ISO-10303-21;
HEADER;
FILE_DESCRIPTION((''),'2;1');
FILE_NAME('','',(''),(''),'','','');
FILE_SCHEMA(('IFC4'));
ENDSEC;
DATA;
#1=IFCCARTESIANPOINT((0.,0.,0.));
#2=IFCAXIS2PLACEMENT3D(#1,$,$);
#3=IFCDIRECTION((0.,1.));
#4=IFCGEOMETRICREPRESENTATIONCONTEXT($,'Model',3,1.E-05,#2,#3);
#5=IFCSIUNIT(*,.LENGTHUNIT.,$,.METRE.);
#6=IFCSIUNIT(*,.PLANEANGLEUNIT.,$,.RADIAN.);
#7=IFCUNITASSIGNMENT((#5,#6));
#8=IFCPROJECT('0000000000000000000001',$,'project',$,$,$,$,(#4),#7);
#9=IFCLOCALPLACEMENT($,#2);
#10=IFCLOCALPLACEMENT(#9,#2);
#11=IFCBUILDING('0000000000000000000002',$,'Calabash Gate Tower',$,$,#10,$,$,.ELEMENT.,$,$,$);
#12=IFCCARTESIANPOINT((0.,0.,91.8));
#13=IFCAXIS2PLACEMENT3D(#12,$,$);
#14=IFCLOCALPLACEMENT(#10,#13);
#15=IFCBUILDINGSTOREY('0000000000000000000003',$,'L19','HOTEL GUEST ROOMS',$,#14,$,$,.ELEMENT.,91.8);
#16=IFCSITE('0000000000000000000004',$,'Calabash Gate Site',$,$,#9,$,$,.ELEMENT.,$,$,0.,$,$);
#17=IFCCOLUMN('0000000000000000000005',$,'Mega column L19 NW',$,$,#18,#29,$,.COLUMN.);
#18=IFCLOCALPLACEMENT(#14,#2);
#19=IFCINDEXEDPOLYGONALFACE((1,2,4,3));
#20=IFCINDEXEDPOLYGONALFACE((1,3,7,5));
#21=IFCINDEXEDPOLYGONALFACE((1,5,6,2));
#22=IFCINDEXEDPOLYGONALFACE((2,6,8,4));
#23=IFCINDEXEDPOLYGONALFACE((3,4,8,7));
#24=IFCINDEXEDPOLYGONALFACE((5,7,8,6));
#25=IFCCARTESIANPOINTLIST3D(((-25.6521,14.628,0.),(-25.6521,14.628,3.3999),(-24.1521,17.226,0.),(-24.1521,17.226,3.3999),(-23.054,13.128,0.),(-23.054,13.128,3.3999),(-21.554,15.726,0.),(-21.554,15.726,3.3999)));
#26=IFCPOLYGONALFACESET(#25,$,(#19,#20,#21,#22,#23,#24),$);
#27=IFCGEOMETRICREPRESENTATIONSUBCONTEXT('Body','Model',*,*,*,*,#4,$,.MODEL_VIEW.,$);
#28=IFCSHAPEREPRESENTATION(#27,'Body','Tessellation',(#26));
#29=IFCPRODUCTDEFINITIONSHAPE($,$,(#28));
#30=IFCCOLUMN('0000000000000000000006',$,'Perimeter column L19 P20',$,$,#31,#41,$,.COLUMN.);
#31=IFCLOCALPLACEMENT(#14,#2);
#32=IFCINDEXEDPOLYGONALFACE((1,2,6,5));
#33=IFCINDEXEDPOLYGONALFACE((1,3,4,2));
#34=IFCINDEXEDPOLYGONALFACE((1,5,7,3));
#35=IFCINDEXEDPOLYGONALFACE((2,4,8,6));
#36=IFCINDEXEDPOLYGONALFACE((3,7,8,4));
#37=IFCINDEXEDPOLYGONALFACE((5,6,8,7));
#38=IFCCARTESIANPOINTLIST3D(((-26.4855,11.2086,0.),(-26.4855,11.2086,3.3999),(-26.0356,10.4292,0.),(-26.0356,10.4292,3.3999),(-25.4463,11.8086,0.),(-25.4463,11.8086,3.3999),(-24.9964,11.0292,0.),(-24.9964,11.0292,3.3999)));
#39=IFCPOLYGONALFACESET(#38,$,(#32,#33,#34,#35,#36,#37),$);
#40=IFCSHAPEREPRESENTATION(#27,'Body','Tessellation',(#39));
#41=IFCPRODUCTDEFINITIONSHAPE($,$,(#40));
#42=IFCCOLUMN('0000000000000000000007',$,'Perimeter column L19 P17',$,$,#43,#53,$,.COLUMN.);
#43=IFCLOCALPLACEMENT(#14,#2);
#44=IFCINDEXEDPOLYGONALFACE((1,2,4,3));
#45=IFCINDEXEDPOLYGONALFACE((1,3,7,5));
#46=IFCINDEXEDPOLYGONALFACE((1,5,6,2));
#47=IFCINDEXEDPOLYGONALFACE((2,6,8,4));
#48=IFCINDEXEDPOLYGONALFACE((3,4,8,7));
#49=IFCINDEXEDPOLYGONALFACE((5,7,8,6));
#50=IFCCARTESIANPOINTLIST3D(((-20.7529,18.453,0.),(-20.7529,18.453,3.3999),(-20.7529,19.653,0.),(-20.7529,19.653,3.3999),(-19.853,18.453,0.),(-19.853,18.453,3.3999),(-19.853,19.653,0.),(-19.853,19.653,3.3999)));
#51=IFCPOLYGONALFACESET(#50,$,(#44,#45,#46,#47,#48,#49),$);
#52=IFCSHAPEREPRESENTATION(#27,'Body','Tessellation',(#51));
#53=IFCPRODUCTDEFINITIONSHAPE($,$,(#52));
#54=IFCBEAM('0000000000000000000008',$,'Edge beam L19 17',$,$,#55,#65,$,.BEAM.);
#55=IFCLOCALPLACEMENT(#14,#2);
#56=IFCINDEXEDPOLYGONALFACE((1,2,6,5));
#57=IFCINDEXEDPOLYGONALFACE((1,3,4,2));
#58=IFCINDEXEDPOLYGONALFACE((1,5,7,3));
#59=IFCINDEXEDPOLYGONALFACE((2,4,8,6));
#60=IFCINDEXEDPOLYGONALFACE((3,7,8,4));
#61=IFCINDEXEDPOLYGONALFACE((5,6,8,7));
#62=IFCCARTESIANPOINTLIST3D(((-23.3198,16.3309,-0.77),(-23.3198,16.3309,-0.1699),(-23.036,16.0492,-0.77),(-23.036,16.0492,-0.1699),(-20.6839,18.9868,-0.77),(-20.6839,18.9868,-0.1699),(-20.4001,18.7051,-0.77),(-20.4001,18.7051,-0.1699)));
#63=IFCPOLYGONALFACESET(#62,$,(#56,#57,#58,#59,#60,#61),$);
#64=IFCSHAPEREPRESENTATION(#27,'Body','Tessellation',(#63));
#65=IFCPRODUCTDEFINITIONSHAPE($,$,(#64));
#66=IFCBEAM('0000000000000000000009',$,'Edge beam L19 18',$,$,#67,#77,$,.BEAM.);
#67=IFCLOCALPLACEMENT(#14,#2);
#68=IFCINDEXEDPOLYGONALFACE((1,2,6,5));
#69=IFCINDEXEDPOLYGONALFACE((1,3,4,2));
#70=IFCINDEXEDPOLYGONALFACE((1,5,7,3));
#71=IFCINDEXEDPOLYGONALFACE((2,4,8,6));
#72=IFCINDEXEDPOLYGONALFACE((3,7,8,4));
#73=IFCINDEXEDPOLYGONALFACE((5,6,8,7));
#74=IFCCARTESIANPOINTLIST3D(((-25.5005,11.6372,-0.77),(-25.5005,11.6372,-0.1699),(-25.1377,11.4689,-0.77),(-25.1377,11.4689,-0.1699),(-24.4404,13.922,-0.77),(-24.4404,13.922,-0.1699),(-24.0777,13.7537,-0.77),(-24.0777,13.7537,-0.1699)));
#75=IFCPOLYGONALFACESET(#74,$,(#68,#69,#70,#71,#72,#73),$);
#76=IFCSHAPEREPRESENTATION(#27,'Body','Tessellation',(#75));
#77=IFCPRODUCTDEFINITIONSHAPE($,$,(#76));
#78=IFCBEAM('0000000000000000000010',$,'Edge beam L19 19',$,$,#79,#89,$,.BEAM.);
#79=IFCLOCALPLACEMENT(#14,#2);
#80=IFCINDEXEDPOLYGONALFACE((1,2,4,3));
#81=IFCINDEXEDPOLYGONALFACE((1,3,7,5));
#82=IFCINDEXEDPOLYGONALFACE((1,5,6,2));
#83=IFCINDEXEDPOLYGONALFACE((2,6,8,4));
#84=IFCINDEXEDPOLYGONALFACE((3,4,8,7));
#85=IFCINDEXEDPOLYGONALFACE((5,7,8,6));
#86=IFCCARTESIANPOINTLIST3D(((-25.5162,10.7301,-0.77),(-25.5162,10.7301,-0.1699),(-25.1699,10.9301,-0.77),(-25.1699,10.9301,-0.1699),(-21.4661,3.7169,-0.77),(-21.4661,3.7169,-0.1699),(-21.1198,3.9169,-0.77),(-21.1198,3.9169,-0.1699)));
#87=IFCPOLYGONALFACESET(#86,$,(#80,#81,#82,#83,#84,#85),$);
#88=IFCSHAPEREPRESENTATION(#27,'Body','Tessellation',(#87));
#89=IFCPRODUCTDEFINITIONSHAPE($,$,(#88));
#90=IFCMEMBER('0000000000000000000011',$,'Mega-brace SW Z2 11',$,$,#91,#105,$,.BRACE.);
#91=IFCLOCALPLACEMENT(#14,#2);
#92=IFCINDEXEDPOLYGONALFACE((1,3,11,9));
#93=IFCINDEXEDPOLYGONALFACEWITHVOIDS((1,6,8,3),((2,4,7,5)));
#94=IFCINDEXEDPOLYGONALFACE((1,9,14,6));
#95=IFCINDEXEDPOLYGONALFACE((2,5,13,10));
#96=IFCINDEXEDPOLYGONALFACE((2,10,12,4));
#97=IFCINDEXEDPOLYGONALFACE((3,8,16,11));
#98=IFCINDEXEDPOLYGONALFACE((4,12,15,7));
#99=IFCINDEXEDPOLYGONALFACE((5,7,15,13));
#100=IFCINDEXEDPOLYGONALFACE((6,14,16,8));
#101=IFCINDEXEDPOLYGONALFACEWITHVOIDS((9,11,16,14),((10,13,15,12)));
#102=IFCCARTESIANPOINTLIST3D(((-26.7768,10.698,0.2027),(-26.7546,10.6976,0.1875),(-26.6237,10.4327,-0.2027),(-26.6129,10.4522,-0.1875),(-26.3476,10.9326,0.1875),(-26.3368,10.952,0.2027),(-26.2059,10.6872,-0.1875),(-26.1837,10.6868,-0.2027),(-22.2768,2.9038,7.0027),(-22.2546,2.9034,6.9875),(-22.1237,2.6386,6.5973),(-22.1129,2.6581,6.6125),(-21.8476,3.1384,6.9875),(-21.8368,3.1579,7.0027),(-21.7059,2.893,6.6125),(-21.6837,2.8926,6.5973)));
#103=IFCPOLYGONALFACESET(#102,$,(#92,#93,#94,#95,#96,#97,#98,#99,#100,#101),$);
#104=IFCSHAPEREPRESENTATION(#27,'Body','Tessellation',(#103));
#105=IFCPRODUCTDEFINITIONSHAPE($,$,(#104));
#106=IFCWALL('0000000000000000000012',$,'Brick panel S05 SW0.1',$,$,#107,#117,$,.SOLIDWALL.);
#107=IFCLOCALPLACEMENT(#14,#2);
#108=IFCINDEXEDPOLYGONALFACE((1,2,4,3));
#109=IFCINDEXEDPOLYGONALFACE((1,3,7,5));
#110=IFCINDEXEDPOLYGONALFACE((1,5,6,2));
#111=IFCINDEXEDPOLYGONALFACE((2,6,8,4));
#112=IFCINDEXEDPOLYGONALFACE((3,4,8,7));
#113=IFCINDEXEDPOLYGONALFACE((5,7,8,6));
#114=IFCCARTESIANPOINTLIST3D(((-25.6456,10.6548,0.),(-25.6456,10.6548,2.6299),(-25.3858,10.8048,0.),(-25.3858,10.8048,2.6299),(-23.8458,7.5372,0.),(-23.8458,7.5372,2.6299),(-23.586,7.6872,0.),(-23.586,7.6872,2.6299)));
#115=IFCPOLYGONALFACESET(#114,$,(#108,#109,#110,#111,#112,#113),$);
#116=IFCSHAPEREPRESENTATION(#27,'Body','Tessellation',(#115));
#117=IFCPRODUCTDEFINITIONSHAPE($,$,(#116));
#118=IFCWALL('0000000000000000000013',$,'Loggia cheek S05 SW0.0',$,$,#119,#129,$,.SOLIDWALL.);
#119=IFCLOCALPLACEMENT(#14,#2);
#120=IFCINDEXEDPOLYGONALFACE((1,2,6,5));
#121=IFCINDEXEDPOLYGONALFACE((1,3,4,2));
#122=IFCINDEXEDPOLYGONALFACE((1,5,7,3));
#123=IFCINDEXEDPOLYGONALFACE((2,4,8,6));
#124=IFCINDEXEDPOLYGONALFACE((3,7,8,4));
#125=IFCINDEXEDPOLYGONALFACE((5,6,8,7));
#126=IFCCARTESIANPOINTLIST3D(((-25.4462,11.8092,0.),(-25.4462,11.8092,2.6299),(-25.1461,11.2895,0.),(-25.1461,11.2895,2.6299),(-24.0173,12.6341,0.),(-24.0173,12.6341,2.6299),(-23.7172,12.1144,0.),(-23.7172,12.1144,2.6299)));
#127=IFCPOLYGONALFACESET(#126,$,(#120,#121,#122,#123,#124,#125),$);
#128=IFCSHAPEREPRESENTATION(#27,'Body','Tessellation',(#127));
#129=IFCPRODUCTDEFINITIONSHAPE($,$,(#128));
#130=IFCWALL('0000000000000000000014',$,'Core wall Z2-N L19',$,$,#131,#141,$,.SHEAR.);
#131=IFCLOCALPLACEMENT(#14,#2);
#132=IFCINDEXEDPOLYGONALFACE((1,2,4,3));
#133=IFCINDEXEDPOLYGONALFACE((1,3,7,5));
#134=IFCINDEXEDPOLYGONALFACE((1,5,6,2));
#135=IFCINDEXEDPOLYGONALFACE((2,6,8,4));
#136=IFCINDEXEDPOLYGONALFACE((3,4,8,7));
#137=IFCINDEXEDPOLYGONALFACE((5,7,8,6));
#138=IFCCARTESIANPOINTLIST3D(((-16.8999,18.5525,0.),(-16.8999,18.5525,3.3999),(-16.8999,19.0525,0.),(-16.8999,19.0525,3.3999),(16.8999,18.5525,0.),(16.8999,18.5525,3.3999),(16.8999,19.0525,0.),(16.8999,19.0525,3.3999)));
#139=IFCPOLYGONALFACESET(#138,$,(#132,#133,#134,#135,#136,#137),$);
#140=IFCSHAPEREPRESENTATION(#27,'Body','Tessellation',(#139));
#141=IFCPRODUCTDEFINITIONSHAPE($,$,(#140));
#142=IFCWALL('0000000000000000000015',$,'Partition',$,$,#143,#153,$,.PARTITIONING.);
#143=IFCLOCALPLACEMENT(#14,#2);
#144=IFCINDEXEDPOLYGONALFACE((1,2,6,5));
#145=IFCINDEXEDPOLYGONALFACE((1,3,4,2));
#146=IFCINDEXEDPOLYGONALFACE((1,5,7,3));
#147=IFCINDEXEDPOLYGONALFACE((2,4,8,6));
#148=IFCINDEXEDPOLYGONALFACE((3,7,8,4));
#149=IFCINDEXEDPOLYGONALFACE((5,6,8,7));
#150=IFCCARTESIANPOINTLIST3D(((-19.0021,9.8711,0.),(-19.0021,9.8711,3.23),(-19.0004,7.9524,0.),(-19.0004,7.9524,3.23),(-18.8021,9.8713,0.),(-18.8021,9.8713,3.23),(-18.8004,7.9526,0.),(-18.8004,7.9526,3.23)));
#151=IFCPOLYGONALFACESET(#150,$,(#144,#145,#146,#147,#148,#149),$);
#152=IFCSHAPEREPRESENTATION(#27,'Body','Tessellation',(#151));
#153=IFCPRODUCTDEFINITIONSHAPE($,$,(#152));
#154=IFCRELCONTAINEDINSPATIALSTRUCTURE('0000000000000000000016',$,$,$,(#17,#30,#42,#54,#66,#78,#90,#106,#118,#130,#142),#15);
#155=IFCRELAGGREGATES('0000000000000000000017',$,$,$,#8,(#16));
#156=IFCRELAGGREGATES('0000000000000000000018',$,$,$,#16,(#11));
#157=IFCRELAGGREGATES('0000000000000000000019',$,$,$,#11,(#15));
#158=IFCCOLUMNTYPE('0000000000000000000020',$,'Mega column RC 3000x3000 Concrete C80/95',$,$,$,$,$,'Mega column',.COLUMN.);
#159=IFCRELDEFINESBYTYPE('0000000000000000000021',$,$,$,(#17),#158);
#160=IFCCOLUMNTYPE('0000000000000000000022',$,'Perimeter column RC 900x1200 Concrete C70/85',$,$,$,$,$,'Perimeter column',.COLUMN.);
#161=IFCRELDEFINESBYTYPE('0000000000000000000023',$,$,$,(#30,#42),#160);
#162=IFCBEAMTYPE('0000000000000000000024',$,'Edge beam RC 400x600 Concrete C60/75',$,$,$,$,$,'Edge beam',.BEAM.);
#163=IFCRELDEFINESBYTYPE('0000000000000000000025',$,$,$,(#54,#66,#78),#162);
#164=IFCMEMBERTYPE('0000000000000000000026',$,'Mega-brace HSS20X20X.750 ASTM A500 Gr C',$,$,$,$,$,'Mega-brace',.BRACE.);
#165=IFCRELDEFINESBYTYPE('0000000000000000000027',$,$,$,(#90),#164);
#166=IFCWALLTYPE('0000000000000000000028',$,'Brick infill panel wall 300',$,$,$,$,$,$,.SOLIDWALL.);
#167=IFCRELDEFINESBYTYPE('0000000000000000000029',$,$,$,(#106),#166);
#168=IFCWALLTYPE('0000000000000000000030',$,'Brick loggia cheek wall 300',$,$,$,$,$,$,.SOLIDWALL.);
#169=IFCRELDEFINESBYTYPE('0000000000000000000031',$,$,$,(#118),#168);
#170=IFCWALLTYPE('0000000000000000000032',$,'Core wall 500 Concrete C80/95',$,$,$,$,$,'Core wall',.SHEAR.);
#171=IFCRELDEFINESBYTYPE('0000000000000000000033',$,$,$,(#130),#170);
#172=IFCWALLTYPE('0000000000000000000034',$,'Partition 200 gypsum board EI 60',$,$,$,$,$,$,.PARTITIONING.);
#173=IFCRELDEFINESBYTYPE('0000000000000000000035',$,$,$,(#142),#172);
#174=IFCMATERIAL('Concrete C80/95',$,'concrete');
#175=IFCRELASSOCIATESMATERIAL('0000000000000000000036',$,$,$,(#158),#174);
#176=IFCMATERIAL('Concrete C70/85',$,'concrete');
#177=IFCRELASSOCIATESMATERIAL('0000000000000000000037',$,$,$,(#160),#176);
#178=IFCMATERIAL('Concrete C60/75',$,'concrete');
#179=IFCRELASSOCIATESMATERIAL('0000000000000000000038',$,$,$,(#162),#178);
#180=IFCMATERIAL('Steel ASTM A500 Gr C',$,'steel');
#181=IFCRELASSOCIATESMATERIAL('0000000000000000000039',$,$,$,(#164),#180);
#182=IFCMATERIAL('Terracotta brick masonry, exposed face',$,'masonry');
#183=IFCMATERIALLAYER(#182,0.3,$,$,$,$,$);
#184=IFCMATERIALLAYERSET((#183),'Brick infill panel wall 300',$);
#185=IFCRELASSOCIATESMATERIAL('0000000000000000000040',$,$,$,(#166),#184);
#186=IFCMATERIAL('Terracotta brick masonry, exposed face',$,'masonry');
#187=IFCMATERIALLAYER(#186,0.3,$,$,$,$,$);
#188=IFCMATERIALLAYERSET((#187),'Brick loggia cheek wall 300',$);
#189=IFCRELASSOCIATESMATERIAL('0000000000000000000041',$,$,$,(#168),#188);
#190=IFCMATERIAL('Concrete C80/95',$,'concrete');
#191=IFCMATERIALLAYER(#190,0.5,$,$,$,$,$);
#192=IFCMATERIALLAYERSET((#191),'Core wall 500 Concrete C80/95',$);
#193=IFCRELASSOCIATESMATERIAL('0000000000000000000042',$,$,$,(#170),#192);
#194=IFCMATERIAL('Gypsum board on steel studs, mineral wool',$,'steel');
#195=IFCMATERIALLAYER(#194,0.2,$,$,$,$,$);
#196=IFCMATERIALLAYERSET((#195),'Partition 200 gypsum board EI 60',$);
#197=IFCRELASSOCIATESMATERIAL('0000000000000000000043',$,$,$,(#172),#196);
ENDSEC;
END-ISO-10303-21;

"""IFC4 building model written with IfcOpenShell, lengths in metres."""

from ifc_helpers import new_model, si_unit, direction, frame, frame_2d, origin, origin_2d, place, context, subcontext, project, spatial, rectangle, hollow_rectangle, extrude, material, layer, layer_set, material_profile, profile_set, type_object, element, save


model = new_model("IFC4")

# Units and contexts
model_context = context("Model", 3, precision=1e-05, world=origin(), true_north=direction((0.0, 1.0)))
body_context = subcontext(model_context, "Body", "Model", "MODEL_VIEW")
ifc_project = project(units=[si_unit("LENGTHUNIT", "METRE"), si_unit("PLANEANGLEUNIT", "RADIAN")], contexts=[model_context])

# Site, building, storey
site_placement = place(None, origin())
site = spatial("IfcSite", under=ifc_project, at=site_placement, Name="Calabash Gate Site", CompositionType="ELEMENT", RefElevation=0.0)
building_placement = place(site_placement, origin())
building = spatial("IfcBuilding", under=site, at=building_placement, Name="Calabash Gate Tower", CompositionType="ELEMENT")
storey_placement = place(building_placement, frame((0.0, 0.0, 91.8)))
storey = spatial("IfcBuildingStorey", under=building, at=storey_placement, Name="L19", Description="HOTEL GUEST ROOMS", CompositionType="ELEMENT", Elevation=91.8)

# Columns
ifc_material_1 = material(Name="Concrete C80/95", Category="concrete")
ifc_material_profile_1 = material_profile(ifc_material_1, rectangle(XDim=3.0, YDim=3.0, at=origin_2d()))
ifc_profile_set_1 = profile_set([ifc_material_profile_1], Name="Concrete C80/95")
column_type_1 = type_object("IfcColumnType", Name="Mega column RC 3000x3000 Concrete C80/95", ElementType="Mega column", PredefinedType="COLUMN", material=ifc_profile_set_1)
column_placement = place(storey_placement, frame((-23.603, 15.177, 0.0), z_axis=(0.0, 0.0, 1.0), x_axis=(0.866025, -0.5, 0.0)))
element("IfcColumn", 1, at=column_placement, inside=storey, type_object=column_type_1, Name="Mega column L19 NW", PredefinedType="COLUMN", context=body_context, shape_type="SweptSolid", body=[
    extrude(rectangle(XDim=3.0, YDim=3.0, at=origin_2d()), origin(), (0.0, 0.0, 1.0), 3.3999),
])
ifc_material_2 = material(Name="Concrete C70/85", Category="concrete")
ifc_material_profile_2 = material_profile(ifc_material_2, rectangle(XDim=0.8999, YDim=1.2, at=origin_2d()))
ifc_profile_set_2 = profile_set([ifc_material_profile_2], Name="Concrete C70/85")
column_type_2 = type_object("IfcColumnType", Name="Perimeter column RC 900x1200 Concrete C70/85", ElementType="Perimeter column", PredefinedType="COLUMN", material=ifc_profile_set_2)
for number, where, z_axis, x_axis, name in (
    (2, (-25.741, 11.1189, 0.0), (0.0, 0.0, 1.0), (0.5, -0.866025, 0.0), "Perimeter column L19 P20"),
    (3, (-20.303, 19.053, 0.0), (0.0, 0.0, 1.0), (-1.0, 0.0, 0.0), "Perimeter column L19 P17"),
):
    element("IfcColumn", number, at=place(storey_placement, frame(where, z_axis=z_axis, x_axis=x_axis)), inside=storey, type_object=column_type_2, Name=name, PredefinedType="COLUMN", context=body_context, shape_type="SweptSolid", body=[
        extrude(rectangle(XDim=0.8999, YDim=1.2, at=origin_2d()), origin(), (0.0, 0.0, 1.0), 3.3999),
    ])

# Beams
ifc_material_3 = material(Name="Concrete C60/75", Category="concrete")
ifc_material_profile_3 = material_profile(ifc_material_3, rectangle(XDim=0.3999, YDim=0.6001, at=origin_2d()))
ifc_profile_set_3 = profile_set([ifc_material_profile_3], Name="Concrete C60/75")
beam_type = type_object("IfcBeamType", Name="Edge beam RC 400x600 Concrete C60/75", ElementType="Edge beam", PredefinedType="BEAM", material=ifc_profile_set_3)
beam_1_placement = place(storey_placement, frame((-20.542, 18.8459, -0.47), z_axis=(-0.704427, -0.709777, 0.0), x_axis=(0.709777, -0.704427, 0.0)))
element("IfcBeam", 4, at=beam_1_placement, inside=storey, type_object=beam_type, Name="Edge beam L19 17", PredefinedType="BEAM", context=body_context, shape_type="SweptSolid", body=[
    extrude(rectangle(XDim=0.3999, YDim=0.6001, at=origin_2d()), origin(), (0.0, 0.0, 1.0), 3.7419),
])
beam_2_placement = place(storey_placement, frame((-24.259, 13.8379, -0.47), z_axis=(-0.420852, -0.907129, 0.0), x_axis=(0.907129, -0.420852, 0.0)))
element("IfcBeam", 5, at=beam_2_placement, inside=storey, type_object=beam_type, Name="Edge beam L19 18", PredefinedType="BEAM", context=body_context, shape_type="SweptSolid", body=[
    extrude(rectangle(XDim=0.3999, YDim=0.6001, at=origin_2d()), origin(), (0.0, 0.0, 1.0), 2.5188),
])
beam_3_placement = place(storey_placement, frame((-25.343, 10.8301, -0.47), z_axis=(0.500091, -0.865973, 0.0), x_axis=(0.865973, 0.500091, 0.0)))
element("IfcBeam", 6, at=beam_3_placement, inside=storey, type_object=beam_type, Name="Edge beam L19 19", PredefinedType="BEAM", context=body_context, shape_type="SweptSolid", body=[
    extrude(rectangle(XDim=0.3999, YDim=0.6001, at=origin_2d()), origin(), (0.0, 0.0, 1.0), 8.0986),
])

# Member
ifc_material_4 = material(Name="Steel ASTM A500 Gr C", Category="steel")
ifc_material_profile_4 = material_profile(ifc_material_4, hollow_rectangle(XDim=0.5081, YDim=0.5081, WallThickness=0.019, at=origin_2d()))
ifc_profile_set_4 = profile_set([ifc_material_profile_4], Name="Steel ASTM A500 Gr C")
member_type = type_object("IfcMemberType", Name="Mega-brace HSS20X20X.750 ASTM A500 Gr C", ElementType="Mega-brace", PredefinedType="BRACE", material=ifc_profile_set_4)
member_placement = place(storey_placement, frame((-26.4802, 10.6924, 0.0), z_axis=(0.398934, -0.69097, 0.602837), x_axis=(0.866024, 0.500002, 0.0)))
element("IfcMember", 7, at=member_placement, inside=storey, type_object=member_type, Name="Mega-brace SW Z2 11", PredefinedType="BRACE", context=body_context, shape_type="SweptSolid", body=[
    extrude(hollow_rectangle(XDim=0.5081, YDim=0.5081, WallThickness=0.019, at=origin_2d()), origin(), (0.0, 0.0, 1.0), 11.28),
])

# Walls
ifc_material_5 = material(Name="Terracotta brick masonry, exposed face", Category="masonry")
ifc_layer_1 = layer(ifc_material_5, 0.3)
ifc_layer_set_1 = layer_set([ifc_layer_1], Name="Brick infill panel wall 300")
wall_type_1 = type_object("IfcWallType", Name="Brick infill panel wall 300", PredefinedType="SOLIDWALL", material=ifc_layer_set_1)
wall_1_placement = place(storey_placement, frame((-25.5156, 10.7297, 0.0), z_axis=(0.0, 0.0, 1.0), x_axis=(0.499961, -0.866048, 0.0)))
element("IfcWall", 8, at=wall_1_placement, inside=storey, type_object=wall_type_1, Name="Brick panel S05 SW0.1", PredefinedType="SOLIDWALL", context=body_context, shape_type="SweptSolid", body=[
    extrude(rectangle(XDim=3.5999, YDim=0.3, at=frame_2d((1.7998, 0.0))), origin(), (0.0, 0.0, 1.0), 2.6299),
])
ifc_material_6 = material(Name="Terracotta brick masonry, exposed face", Category="masonry")
ifc_layer_2 = layer(ifc_material_6, 0.3)
ifc_layer_set_2 = layer_set([ifc_layer_2], Name="Brick loggia cheek wall 300")
wall_type_2 = type_object("IfcWallType", Name="Brick loggia cheek wall 300", PredefinedType="SOLIDWALL", material=ifc_layer_set_2)
wall_2_placement = place(storey_placement, frame((-25.2961, 11.5493, 0.0), z_axis=(0.0, 0.0, 1.0), x_axis=(0.86604, 0.499974, 0.0)))
element("IfcWall", 9, at=wall_2_placement, inside=storey, type_object=wall_type_2, Name="Loggia cheek S05 SW0.0", PredefinedType="SOLIDWALL", context=body_context, shape_type="SweptSolid", body=[
    extrude(rectangle(XDim=1.6499, YDim=0.6001, at=frame_2d((0.825, 0.0))), origin(), (0.0, 0.0, 1.0), 2.6299),
])
ifc_material_7 = material(Name="Concrete C80/95", Category="concrete")
ifc_layer_3 = layer(ifc_material_7, 0.5)
ifc_layer_set_3 = layer_set([ifc_layer_3], Name="Core wall 500 Concrete C80/95")
wall_type_3 = type_object("IfcWallType", Name="Core wall 500 Concrete C80/95", ElementType="Core wall", PredefinedType="SHEAR", material=ifc_layer_set_3)
wall_3_placement = place(storey_placement, frame((-16.8999, 18.8025, 0.0), z_axis=(0.0, 0.0, 1.0), x_axis=(1.0, 0.0, 0.0)))
element("IfcWall", 10, at=wall_3_placement, inside=storey, type_object=wall_type_3, Name="Core wall Z2-N L19", PredefinedType="SHEAR", context=body_context, shape_type="SweptSolid", body=[
    extrude(rectangle(XDim=33.7998, YDim=0.5, at=frame_2d((16.8999, 0.0))), origin(), (0.0, 0.0, 1.0), 3.3999),
])
ifc_material_8 = material(Name="Gypsum board on steel studs, mineral wool", Category="steel")
ifc_layer_4 = layer(ifc_material_8, 0.2)
ifc_layer_set_4 = layer_set([ifc_layer_4], Name="Partition 200 gypsum board EI 60")
wall_type_4 = type_object("IfcWallType", Name="Partition 200 gypsum board EI 60", PredefinedType="PARTITIONING", material=ifc_layer_set_4)
wall_4_placement = place(storey_placement, frame((-18.9021, 9.8713, 0.0), z_axis=(0.0, 0.0, 1.0), x_axis=(0.000891, -1.0, 0.0)))
element("IfcWall", 11, at=wall_4_placement, inside=storey, type_object=wall_type_4, Name="Partition", PredefinedType="PARTITIONING", context=body_context, shape_type="SweptSolid", body=[
    extrude(rectangle(XDim=1.9187, YDim=0.2, at=frame_2d((0.9595, 0.0))), origin(), (0.0, 0.0, 1.0), 3.23),
])

save(model, "model.ifc")
